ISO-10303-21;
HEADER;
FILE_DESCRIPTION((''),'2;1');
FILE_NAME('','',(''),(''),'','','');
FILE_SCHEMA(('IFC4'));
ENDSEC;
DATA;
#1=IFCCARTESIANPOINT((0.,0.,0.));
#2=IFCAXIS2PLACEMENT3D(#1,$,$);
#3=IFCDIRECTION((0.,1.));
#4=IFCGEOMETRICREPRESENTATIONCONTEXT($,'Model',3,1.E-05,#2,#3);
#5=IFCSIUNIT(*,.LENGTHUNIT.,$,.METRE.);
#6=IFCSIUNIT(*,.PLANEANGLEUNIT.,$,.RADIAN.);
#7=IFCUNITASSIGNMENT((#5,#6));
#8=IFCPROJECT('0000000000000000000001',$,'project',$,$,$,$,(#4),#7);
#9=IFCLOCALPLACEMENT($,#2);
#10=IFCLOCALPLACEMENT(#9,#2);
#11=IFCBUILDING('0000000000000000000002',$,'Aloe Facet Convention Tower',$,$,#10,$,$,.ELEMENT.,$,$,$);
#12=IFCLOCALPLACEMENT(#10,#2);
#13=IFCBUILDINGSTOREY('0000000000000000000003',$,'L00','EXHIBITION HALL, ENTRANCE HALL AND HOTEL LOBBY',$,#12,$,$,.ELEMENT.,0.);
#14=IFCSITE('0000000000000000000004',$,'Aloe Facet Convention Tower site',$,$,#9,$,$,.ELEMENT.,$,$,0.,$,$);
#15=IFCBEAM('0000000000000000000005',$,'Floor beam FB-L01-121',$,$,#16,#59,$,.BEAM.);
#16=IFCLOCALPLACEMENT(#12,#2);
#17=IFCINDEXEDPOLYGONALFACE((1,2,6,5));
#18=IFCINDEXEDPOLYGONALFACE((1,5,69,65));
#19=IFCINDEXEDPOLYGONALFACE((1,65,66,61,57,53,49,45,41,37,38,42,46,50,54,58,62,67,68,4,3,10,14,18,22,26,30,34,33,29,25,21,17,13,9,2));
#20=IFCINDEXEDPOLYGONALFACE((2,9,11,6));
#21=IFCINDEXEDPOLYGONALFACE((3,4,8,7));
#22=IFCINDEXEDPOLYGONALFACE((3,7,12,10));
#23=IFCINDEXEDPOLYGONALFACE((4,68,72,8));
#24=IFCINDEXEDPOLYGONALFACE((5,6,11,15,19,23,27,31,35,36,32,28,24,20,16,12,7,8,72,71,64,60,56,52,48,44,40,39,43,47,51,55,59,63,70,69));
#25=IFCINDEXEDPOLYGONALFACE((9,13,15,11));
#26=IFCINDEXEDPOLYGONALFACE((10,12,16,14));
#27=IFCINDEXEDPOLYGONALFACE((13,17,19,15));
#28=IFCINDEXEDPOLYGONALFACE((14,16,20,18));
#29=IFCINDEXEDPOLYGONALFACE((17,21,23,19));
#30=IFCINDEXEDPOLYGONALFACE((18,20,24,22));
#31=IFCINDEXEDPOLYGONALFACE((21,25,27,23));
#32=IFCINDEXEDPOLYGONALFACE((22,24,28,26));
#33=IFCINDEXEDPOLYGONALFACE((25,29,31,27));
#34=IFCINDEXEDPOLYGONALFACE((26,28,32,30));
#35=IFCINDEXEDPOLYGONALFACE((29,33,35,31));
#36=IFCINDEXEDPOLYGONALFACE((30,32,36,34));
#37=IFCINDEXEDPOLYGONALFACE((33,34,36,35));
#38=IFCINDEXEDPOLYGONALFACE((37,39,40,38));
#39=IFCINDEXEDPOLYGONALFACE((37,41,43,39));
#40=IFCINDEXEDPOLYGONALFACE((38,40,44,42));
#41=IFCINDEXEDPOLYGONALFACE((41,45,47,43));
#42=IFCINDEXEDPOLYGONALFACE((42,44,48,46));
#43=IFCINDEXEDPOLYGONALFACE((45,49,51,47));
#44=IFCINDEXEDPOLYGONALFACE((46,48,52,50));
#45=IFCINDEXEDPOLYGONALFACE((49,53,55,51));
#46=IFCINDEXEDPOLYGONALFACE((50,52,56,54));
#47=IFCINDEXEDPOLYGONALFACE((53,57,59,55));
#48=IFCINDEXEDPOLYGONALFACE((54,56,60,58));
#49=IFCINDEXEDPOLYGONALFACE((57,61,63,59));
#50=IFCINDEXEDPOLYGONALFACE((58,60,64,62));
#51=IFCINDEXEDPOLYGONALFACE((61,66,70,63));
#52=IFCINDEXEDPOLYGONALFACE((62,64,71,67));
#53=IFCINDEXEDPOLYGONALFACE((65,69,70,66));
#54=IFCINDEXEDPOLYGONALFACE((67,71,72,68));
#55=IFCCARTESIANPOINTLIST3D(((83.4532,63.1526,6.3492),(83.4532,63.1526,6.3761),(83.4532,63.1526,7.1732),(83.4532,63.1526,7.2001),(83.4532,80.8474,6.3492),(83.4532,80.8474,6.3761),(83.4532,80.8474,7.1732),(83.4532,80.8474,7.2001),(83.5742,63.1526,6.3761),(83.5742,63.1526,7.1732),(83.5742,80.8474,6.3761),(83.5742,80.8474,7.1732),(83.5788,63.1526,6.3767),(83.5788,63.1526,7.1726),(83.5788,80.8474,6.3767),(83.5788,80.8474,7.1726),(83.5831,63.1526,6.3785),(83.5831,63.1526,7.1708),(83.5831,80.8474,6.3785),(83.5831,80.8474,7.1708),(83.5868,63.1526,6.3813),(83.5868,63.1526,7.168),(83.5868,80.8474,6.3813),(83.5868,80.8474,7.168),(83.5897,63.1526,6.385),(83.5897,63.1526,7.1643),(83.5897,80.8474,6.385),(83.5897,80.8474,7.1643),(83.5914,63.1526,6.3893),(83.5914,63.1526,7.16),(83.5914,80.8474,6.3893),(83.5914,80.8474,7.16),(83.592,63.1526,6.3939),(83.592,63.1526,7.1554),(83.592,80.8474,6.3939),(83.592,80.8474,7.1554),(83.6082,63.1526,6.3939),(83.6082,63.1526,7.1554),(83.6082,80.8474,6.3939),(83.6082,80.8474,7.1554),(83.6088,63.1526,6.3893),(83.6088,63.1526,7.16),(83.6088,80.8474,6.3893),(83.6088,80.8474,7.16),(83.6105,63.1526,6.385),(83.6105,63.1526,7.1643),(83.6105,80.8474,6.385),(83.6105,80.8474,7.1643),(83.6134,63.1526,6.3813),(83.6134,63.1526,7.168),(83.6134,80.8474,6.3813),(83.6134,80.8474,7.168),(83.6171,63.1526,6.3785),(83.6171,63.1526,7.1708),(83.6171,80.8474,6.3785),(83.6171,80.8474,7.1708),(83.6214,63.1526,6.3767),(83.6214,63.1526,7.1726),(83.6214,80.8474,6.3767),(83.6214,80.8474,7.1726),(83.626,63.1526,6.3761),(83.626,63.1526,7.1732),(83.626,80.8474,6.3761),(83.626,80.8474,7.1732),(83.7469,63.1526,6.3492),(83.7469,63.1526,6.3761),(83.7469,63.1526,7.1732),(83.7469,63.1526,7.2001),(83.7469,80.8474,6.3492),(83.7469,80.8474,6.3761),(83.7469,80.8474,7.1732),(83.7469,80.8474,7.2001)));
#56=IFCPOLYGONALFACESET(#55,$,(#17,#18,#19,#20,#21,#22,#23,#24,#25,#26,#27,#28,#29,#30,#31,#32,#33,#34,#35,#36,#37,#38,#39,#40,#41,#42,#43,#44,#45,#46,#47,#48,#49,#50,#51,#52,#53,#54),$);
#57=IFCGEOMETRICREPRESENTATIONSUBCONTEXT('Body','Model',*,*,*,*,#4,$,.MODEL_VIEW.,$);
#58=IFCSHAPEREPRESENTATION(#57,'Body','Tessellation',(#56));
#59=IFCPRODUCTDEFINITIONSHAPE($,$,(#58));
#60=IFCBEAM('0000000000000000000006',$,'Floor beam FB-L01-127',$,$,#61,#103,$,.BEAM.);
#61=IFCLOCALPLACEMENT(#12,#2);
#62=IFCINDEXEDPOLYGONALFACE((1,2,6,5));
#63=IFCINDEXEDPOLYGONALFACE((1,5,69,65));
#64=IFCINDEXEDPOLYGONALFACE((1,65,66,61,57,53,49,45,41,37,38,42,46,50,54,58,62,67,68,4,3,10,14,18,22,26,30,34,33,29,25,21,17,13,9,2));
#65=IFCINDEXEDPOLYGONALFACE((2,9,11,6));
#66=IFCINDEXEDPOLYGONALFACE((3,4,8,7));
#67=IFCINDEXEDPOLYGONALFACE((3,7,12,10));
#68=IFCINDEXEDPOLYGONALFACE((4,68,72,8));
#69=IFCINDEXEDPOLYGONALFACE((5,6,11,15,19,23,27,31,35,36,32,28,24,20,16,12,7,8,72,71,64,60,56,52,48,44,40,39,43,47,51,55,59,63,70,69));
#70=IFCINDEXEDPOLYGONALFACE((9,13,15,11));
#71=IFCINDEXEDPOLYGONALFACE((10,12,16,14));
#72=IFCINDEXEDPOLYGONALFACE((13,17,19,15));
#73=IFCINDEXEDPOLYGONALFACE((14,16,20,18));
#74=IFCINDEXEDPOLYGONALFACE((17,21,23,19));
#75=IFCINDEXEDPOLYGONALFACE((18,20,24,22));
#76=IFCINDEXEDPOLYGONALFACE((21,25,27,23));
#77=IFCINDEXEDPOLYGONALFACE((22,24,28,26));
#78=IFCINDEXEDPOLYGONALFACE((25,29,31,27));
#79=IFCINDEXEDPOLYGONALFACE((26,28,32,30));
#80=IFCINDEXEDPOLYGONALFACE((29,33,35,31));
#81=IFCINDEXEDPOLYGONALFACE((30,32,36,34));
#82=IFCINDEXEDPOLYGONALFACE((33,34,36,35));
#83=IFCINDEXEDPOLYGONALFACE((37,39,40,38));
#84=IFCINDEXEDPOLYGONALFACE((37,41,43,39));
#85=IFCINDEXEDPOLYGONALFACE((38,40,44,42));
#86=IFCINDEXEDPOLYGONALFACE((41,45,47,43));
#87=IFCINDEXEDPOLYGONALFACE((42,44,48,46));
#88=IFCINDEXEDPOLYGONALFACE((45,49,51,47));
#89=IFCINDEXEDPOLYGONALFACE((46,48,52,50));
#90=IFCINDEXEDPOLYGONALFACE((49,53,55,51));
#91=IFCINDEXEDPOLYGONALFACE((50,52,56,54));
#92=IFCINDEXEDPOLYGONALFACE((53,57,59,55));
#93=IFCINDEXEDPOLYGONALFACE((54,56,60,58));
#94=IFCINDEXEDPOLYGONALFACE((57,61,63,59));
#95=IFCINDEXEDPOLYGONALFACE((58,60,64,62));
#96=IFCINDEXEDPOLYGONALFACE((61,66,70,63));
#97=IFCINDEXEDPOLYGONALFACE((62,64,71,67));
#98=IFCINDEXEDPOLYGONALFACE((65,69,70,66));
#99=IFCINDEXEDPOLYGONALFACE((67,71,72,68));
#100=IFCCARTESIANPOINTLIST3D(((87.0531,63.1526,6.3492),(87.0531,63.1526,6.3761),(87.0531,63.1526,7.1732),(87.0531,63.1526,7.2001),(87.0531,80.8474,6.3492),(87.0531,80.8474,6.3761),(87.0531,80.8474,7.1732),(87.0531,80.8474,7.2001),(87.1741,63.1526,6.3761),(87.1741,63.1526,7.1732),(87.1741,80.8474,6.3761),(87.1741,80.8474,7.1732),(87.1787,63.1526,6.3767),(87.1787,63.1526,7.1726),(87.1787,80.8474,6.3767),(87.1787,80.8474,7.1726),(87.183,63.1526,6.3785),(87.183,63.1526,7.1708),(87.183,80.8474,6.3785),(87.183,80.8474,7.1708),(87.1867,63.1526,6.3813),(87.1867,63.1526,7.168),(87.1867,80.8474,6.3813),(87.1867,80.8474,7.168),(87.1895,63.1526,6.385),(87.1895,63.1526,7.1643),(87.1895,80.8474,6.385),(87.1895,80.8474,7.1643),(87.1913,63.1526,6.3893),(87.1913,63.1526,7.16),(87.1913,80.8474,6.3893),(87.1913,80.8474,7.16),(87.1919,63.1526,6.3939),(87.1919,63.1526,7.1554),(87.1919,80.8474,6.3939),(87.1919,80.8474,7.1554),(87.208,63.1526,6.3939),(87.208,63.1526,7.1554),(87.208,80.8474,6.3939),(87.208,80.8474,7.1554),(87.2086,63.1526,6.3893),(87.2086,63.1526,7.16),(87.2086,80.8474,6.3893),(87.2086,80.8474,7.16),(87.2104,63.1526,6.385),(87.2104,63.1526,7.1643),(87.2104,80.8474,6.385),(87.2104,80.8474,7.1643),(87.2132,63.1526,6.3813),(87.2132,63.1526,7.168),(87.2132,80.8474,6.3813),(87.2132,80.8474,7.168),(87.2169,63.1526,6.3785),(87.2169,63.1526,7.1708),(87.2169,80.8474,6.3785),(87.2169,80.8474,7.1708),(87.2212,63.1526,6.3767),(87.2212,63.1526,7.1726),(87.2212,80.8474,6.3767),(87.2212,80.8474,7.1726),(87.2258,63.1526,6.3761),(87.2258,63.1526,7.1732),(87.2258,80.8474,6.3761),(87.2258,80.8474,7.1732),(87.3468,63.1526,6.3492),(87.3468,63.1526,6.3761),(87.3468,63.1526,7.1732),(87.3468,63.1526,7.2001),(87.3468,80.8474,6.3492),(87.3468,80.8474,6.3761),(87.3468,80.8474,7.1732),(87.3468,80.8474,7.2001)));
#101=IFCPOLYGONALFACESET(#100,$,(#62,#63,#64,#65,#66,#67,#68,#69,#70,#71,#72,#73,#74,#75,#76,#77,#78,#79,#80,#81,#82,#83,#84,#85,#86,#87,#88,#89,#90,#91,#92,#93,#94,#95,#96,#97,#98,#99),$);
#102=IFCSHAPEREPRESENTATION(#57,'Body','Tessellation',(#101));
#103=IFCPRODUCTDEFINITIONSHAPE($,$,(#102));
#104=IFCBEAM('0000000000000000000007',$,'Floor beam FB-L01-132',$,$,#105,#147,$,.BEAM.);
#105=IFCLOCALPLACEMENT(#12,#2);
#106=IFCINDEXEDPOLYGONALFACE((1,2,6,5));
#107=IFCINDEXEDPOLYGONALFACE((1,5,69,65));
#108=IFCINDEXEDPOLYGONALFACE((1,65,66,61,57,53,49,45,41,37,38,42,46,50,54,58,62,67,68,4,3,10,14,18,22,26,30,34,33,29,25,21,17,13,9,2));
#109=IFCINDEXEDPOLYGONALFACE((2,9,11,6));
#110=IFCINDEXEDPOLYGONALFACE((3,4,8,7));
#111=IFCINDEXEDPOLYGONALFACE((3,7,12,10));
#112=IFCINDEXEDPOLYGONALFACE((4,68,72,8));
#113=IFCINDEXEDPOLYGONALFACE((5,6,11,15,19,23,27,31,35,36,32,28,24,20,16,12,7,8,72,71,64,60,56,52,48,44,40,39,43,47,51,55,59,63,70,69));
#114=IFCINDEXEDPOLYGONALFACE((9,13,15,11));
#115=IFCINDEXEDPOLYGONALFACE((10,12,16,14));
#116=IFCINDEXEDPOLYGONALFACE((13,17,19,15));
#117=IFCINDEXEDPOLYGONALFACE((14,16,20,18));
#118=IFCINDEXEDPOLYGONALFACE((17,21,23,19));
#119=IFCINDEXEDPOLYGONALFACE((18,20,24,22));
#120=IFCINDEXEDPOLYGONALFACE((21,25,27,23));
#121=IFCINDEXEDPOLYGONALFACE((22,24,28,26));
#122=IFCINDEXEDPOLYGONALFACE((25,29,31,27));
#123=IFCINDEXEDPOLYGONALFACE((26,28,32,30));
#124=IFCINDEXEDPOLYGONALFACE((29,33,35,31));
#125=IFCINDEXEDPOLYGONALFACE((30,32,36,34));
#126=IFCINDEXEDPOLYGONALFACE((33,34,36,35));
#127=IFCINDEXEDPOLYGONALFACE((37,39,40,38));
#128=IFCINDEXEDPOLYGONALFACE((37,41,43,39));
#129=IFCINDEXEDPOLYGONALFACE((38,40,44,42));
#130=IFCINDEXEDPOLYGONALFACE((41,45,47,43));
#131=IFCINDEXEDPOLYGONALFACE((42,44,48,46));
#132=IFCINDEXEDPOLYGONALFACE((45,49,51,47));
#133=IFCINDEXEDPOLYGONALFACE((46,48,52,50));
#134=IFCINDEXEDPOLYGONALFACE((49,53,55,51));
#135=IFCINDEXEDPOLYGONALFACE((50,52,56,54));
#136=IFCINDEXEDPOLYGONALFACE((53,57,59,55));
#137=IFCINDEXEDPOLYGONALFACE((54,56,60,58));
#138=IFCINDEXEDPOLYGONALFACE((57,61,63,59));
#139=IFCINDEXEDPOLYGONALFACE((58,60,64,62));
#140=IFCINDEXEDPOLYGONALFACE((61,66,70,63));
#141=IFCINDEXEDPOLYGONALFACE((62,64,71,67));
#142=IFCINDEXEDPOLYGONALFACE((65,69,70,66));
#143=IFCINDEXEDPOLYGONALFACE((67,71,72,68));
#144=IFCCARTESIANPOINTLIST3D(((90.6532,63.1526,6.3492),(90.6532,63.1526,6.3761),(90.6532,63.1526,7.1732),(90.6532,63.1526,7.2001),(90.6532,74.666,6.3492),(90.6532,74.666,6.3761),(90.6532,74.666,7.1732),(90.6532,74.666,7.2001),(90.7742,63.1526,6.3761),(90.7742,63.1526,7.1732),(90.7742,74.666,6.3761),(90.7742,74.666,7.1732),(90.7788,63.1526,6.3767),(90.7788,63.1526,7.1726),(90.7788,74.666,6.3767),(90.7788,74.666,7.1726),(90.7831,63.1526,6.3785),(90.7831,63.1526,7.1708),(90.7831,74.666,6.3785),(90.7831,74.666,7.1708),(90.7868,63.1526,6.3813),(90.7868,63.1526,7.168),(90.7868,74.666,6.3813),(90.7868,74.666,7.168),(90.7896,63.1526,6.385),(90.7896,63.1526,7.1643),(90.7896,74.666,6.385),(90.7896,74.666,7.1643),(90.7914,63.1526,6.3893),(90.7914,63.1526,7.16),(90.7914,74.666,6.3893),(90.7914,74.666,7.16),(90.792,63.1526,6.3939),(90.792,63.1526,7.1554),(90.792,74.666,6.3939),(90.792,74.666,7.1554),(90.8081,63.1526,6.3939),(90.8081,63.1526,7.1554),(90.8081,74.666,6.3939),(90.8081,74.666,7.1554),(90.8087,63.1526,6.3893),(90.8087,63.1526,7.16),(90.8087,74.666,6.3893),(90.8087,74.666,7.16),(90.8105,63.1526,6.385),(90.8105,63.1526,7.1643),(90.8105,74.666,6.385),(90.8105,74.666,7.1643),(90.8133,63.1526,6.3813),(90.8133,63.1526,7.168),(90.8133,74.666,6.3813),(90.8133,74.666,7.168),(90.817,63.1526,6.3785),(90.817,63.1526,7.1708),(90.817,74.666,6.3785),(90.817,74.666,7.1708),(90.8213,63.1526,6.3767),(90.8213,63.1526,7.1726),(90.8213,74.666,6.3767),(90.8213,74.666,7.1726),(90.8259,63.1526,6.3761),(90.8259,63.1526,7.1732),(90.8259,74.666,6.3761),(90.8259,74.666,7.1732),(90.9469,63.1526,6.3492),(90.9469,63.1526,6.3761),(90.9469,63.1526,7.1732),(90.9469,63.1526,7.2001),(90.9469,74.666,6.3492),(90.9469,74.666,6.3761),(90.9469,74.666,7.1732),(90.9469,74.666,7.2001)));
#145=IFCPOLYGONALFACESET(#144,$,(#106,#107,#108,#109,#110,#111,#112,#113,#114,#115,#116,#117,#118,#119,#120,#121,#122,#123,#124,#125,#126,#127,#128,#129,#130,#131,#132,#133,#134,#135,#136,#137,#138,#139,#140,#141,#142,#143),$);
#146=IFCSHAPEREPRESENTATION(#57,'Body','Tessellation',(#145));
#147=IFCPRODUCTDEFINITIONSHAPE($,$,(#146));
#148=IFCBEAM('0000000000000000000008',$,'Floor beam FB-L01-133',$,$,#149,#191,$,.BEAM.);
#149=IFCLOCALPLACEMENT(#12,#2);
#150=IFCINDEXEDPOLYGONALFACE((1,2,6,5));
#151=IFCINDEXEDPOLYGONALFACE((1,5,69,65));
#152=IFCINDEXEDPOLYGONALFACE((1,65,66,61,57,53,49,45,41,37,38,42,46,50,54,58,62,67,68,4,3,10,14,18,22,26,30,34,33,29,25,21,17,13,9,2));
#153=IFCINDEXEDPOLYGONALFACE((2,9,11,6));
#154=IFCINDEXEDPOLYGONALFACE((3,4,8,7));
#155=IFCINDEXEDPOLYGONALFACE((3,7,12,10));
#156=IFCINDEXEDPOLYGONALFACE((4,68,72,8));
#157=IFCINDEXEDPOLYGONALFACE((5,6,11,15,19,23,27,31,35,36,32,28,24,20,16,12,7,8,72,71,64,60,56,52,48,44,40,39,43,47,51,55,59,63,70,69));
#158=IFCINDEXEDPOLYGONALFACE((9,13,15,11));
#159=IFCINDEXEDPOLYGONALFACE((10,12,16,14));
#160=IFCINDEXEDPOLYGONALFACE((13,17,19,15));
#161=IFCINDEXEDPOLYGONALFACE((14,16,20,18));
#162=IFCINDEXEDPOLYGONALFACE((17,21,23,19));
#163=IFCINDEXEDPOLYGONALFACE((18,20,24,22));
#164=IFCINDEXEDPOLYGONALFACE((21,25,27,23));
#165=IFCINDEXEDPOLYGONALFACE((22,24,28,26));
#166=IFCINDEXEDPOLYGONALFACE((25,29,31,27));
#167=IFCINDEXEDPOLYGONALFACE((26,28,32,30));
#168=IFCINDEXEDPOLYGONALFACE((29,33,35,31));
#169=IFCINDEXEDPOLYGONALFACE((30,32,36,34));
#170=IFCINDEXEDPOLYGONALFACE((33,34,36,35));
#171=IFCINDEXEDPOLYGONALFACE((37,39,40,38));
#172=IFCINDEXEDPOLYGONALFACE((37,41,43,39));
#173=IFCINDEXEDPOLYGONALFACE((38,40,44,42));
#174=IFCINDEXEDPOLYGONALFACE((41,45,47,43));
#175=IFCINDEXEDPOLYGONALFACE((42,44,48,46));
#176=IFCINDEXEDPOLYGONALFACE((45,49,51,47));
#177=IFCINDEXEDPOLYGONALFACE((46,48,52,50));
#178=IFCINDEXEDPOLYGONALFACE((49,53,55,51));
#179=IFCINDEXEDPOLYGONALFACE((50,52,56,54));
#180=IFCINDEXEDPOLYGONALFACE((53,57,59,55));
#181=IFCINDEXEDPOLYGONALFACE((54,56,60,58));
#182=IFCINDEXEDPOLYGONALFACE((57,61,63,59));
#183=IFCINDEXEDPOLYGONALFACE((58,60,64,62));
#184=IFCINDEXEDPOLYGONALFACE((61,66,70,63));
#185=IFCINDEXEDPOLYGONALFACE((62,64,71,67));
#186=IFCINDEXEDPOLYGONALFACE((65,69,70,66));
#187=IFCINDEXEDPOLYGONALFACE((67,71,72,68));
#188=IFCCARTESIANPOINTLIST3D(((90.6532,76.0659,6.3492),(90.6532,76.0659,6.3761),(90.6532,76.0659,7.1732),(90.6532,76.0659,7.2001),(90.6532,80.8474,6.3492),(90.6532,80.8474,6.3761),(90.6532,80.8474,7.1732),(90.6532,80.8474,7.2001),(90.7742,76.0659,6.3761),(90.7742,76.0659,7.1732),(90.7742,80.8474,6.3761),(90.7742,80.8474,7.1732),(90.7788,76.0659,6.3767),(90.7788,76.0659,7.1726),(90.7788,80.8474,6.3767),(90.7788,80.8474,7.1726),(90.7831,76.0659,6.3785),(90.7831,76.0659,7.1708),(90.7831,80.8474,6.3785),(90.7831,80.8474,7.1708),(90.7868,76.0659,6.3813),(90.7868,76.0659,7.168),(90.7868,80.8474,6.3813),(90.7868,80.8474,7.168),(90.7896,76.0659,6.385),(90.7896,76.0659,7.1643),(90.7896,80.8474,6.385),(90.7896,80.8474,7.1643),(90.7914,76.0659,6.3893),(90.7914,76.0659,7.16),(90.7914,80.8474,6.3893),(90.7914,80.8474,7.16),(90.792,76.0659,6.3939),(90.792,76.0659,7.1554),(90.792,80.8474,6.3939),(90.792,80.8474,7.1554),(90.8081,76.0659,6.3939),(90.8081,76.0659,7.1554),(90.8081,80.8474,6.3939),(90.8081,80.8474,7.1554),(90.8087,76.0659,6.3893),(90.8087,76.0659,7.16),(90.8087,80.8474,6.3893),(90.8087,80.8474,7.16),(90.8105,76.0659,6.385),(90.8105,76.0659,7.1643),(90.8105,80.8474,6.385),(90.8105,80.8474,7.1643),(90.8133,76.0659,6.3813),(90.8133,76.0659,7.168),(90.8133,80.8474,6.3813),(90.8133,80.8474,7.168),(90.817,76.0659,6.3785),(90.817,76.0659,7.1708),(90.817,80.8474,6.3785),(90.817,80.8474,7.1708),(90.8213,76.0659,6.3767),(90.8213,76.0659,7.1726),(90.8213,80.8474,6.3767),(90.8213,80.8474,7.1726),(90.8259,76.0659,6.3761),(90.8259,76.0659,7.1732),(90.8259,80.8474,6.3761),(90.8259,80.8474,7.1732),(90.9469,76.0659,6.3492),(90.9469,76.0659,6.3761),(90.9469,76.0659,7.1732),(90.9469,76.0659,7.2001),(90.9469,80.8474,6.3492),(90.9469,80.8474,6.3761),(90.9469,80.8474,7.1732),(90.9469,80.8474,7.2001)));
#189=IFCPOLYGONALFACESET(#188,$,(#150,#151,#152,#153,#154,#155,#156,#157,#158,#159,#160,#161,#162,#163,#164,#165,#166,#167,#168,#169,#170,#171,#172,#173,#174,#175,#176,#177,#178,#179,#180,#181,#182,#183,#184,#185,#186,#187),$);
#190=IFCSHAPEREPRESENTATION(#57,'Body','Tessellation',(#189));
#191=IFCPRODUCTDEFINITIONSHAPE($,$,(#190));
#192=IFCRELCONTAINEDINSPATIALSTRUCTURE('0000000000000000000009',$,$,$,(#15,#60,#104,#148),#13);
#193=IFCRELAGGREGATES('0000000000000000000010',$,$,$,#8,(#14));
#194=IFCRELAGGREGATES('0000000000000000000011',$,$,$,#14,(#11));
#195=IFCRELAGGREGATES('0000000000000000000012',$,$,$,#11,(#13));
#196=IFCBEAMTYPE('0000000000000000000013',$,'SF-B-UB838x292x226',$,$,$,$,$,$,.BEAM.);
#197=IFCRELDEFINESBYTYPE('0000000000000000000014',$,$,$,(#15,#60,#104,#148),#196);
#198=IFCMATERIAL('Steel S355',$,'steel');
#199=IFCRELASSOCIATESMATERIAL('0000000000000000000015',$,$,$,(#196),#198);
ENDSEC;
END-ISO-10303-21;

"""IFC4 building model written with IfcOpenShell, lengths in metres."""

from ifc_helpers import new_model, si_unit, direction, frame, origin, origin_2d, place, context, subcontext, project, spatial, i_section, extrude, material, material_profile, profile_set, type_object, element, save


model = new_model("IFC4")

# Units and contexts
model_context = context("Model", 3, precision=1e-05, world=origin(), true_north=direction((0.0, 1.0)))
body_context = subcontext(model_context, "Body", "Model", "MODEL_VIEW")
ifc_project = project(units=[si_unit("LENGTHUNIT", "METRE"), si_unit("PLANEANGLEUNIT", "RADIAN")], contexts=[model_context])

# Site, building, storey
site_placement = place(None, origin())
site = spatial("IfcSite", under=ifc_project, at=site_placement, Name="Aloe Facet Convention Tower site", CompositionType="ELEMENT", RefElevation=0.0)
building_placement = place(site_placement, origin())
building = spatial("IfcBuilding", under=site, at=building_placement, Name="Aloe Facet Convention Tower", CompositionType="ELEMENT")
storey_placement = place(building_placement, origin())
storey = spatial("IfcBuildingStorey", under=building, at=storey_placement, Name="L00", Description="EXHIBITION HALL, ENTRANCE HALL AND HOTEL LOBBY", CompositionType="ELEMENT", Elevation=0.0)

# Beams
ifc_material_1 = material(Name="Steel S355", Category="steel")
ifc_material_profile_1 = material_profile(ifc_material_1, i_section(OverallWidth=0.2937, OverallDepth=0.8508, WebThickness=0.0161, FlangeThickness=0.0269, FilletRadius=0.0178, at=origin_2d()), Name="UB 838x292x226")
ifc_profile_set_1 = profile_set([ifc_material_profile_1], Name="Steel S355")
beam_type_1 = type_object("IfcBeamType", Name="SF-B-UB838x292x226", PredefinedType="BEAM", material=ifc_profile_set_1)
for number, where, z_axis, x_axis, name in (
    (1, (83.6001, 63.1526, 6.7747), (0.0, 1.0, 0.0), (-1.0, 0.0, 0.0), "Floor beam FB-L01-121"),
    (2, (87.2, 63.1526, 6.7747), (0.0, 1.0, 0.0), (-1.0, 0.0, 0.0), "Floor beam FB-L01-127"),
):
    element("IfcBeam", number, at=place(storey_placement, frame(where, z_axis=z_axis, x_axis=x_axis)), inside=storey, type_object=beam_type_1, Name=name, PredefinedType="BEAM", context=body_context, shape_type="SweptSolid", body=[
        extrude(i_section(OverallWidth=0.2937, OverallDepth=0.8508, WebThickness=0.0161, FlangeThickness=0.0269, FilletRadius=0.0178, at=origin_2d()), origin(), (0.0, 0.0, 1.0), 17.6948),
    ])
beam_1_placement = place(storey_placement, frame((90.8, 63.1526, 6.7747), z_axis=(0.0, 1.0, 0.0), x_axis=(-1.0, 0.0, 0.0)))
element("IfcBeam", 3, at=beam_1_placement, inside=storey, type_object=beam_type_1, Name="Floor beam FB-L01-132", PredefinedType="BEAM", context=body_context, shape_type="SweptSolid", body=[
    extrude(i_section(OverallWidth=0.2937, OverallDepth=0.8508, WebThickness=0.0161, FlangeThickness=0.0269, FilletRadius=0.0178, at=origin_2d()), origin(), (0.0, 0.0, 1.0), 11.5134),
])
beam_2_placement = place(storey_placement, frame((90.8, 76.0659, 6.7747), z_axis=(0.0, 1.0, 0.0), x_axis=(-1.0, 0.0, 0.0)))
element("IfcBeam", 4, at=beam_2_placement, inside=storey, type_object=beam_type_1, Name="Floor beam FB-L01-133", PredefinedType="BEAM", context=body_context, shape_type="SweptSolid", body=[
    extrude(i_section(OverallWidth=0.2937, OverallDepth=0.8508, WebThickness=0.0161, FlangeThickness=0.0269, FilletRadius=0.0178, at=origin_2d()), origin(), (0.0, 0.0, 1.0), 4.7815),
])

save(model, "model.ifc")
